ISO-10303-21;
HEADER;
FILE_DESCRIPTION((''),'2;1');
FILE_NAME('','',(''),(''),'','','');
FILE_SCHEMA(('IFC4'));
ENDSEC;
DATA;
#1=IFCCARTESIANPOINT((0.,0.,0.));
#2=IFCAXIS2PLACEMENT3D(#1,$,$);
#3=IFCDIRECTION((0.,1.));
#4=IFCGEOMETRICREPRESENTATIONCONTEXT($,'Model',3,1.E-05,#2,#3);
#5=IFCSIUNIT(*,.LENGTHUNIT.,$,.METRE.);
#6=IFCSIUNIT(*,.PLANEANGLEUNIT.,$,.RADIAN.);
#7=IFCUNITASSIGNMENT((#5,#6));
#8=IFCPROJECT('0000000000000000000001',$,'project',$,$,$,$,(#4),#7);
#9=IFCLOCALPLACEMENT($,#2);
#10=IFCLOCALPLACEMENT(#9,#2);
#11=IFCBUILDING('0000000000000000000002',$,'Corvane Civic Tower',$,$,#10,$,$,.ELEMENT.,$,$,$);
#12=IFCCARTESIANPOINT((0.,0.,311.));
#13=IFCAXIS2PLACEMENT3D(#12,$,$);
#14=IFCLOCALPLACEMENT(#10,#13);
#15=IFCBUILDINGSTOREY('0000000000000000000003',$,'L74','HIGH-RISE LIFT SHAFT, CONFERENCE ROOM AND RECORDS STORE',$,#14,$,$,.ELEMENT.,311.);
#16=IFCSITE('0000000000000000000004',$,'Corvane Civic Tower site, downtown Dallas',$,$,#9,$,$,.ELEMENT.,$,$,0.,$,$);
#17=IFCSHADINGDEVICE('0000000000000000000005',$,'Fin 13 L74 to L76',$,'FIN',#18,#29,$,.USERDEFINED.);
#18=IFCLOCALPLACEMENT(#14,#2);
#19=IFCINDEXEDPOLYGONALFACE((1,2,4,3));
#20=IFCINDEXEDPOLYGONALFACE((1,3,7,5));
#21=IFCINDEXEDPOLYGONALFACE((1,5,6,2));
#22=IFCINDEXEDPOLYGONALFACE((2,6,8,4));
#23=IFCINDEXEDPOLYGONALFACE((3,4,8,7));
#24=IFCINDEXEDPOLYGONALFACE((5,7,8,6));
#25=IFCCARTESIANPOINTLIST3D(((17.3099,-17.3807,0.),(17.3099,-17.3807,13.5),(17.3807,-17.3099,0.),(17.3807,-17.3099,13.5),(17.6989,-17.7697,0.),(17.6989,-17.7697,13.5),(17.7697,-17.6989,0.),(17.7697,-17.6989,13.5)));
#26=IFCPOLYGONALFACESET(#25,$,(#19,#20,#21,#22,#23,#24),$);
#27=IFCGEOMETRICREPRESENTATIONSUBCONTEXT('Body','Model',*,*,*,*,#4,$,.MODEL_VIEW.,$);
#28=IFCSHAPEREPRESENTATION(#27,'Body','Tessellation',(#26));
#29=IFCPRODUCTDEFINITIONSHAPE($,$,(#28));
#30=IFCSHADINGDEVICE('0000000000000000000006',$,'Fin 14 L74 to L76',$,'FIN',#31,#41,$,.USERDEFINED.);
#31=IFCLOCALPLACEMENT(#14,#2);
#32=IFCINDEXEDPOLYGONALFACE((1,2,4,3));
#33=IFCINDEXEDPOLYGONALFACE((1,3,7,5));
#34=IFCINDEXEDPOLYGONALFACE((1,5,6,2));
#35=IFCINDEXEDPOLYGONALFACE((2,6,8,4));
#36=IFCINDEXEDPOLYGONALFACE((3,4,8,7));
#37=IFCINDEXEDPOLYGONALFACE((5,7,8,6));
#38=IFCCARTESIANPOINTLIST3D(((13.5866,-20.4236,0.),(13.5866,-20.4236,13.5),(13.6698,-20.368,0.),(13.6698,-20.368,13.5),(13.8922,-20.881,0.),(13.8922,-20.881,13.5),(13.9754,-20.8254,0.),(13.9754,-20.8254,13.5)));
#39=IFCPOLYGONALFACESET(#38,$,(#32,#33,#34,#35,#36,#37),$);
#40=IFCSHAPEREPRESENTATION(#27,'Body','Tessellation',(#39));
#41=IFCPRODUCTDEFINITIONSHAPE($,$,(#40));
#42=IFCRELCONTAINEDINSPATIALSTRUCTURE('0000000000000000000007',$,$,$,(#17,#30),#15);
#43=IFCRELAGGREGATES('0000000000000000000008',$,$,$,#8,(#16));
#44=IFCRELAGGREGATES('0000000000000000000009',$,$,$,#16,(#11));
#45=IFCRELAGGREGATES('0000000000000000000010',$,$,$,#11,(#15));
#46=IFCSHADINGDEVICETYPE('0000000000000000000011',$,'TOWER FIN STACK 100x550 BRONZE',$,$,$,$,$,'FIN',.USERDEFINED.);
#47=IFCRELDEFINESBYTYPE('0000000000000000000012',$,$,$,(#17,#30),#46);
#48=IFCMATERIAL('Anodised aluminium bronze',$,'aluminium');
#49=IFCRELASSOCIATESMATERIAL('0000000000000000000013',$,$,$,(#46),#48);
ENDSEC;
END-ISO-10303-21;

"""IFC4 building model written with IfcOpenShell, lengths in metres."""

from ifc_helpers import new_model, si_unit, direction, frame, origin, origin_2d, place, context, subcontext, project, spatial, rectangle, extrude, material, material_profile, profile_set, type_object, element, save


model = new_model("IFC4")

# Units and contexts
model_context = context("Model", 3, precision=1e-05, world=origin(), true_north=direction((0.0, 1.0)))
body_context = subcontext(model_context, "Body", "Model", "MODEL_VIEW")
ifc_project = project(units=[si_unit("LENGTHUNIT", "METRE"), si_unit("PLANEANGLEUNIT", "RADIAN")], contexts=[model_context])

# Site, building, storey
site_placement = place(None, origin())
site = spatial("IfcSite", under=ifc_project, at=site_placement, Name="Corvane Civic Tower site, downtown Dallas", CompositionType="ELEMENT", RefElevation=0.0)
building_placement = place(site_placement, origin())
building = spatial("IfcBuilding", under=site, at=building_placement, Name="Corvane Civic Tower", CompositionType="ELEMENT")
storey_placement = place(building_placement, frame((0.0, 0.0, 311.0)))
storey = spatial("IfcBuildingStorey", under=building, at=storey_placement, Name="L74", Description="HIGH-RISE LIFT SHAFT, CONFERENCE ROOM AND RECORDS STORE", CompositionType="ELEMENT", Elevation=311.0)

# Shading devices
ifc_material_1 = material(Name="Anodised aluminium bronze", Category="aluminium")
ifc_material_profile_1 = material_profile(ifc_material_1, rectangle(XDim=0.1001, YDim=0.55, at=origin_2d()), Name="TOWER FIN STACK 100x550 BRONZE")
ifc_profile_set_1 = profile_set([ifc_material_profile_1], Name="Anodised aluminium bronze")
shading_device_type = type_object("IfcShadingDeviceType", Name="TOWER FIN STACK 100x550 BRONZE", ElementType="FIN", PredefinedType="USERDEFINED", material=ifc_profile_set_1)
for number, where, z_axis, x_axis, name in (
    (1, (17.5398, -17.5398, 0.0), (0.0, 0.0, 1.0), (-0.707107, -0.707107, 0.0), "Fin 13 L74 to L76"),
    (2, (13.781, -20.6245, 0.0), (0.0, 0.0, 1.0), (-0.83147, -0.55557, 0.0), "Fin 14 L74 to L76"),
):
    element("IfcShadingDevice", number, at=place(storey_placement, frame(where, z_axis=z_axis, x_axis=x_axis)), inside=storey, type_object=shading_device_type, Name=name, ObjectType="FIN", PredefinedType="USERDEFINED", context=body_context, shape_type="SweptSolid", body=[
        extrude(rectangle(XDim=0.1001, YDim=0.55, at=origin_2d()), origin(), (0.0, 0.0, 1.0), 13.5),
    ])

save(model, "model.ifc")
